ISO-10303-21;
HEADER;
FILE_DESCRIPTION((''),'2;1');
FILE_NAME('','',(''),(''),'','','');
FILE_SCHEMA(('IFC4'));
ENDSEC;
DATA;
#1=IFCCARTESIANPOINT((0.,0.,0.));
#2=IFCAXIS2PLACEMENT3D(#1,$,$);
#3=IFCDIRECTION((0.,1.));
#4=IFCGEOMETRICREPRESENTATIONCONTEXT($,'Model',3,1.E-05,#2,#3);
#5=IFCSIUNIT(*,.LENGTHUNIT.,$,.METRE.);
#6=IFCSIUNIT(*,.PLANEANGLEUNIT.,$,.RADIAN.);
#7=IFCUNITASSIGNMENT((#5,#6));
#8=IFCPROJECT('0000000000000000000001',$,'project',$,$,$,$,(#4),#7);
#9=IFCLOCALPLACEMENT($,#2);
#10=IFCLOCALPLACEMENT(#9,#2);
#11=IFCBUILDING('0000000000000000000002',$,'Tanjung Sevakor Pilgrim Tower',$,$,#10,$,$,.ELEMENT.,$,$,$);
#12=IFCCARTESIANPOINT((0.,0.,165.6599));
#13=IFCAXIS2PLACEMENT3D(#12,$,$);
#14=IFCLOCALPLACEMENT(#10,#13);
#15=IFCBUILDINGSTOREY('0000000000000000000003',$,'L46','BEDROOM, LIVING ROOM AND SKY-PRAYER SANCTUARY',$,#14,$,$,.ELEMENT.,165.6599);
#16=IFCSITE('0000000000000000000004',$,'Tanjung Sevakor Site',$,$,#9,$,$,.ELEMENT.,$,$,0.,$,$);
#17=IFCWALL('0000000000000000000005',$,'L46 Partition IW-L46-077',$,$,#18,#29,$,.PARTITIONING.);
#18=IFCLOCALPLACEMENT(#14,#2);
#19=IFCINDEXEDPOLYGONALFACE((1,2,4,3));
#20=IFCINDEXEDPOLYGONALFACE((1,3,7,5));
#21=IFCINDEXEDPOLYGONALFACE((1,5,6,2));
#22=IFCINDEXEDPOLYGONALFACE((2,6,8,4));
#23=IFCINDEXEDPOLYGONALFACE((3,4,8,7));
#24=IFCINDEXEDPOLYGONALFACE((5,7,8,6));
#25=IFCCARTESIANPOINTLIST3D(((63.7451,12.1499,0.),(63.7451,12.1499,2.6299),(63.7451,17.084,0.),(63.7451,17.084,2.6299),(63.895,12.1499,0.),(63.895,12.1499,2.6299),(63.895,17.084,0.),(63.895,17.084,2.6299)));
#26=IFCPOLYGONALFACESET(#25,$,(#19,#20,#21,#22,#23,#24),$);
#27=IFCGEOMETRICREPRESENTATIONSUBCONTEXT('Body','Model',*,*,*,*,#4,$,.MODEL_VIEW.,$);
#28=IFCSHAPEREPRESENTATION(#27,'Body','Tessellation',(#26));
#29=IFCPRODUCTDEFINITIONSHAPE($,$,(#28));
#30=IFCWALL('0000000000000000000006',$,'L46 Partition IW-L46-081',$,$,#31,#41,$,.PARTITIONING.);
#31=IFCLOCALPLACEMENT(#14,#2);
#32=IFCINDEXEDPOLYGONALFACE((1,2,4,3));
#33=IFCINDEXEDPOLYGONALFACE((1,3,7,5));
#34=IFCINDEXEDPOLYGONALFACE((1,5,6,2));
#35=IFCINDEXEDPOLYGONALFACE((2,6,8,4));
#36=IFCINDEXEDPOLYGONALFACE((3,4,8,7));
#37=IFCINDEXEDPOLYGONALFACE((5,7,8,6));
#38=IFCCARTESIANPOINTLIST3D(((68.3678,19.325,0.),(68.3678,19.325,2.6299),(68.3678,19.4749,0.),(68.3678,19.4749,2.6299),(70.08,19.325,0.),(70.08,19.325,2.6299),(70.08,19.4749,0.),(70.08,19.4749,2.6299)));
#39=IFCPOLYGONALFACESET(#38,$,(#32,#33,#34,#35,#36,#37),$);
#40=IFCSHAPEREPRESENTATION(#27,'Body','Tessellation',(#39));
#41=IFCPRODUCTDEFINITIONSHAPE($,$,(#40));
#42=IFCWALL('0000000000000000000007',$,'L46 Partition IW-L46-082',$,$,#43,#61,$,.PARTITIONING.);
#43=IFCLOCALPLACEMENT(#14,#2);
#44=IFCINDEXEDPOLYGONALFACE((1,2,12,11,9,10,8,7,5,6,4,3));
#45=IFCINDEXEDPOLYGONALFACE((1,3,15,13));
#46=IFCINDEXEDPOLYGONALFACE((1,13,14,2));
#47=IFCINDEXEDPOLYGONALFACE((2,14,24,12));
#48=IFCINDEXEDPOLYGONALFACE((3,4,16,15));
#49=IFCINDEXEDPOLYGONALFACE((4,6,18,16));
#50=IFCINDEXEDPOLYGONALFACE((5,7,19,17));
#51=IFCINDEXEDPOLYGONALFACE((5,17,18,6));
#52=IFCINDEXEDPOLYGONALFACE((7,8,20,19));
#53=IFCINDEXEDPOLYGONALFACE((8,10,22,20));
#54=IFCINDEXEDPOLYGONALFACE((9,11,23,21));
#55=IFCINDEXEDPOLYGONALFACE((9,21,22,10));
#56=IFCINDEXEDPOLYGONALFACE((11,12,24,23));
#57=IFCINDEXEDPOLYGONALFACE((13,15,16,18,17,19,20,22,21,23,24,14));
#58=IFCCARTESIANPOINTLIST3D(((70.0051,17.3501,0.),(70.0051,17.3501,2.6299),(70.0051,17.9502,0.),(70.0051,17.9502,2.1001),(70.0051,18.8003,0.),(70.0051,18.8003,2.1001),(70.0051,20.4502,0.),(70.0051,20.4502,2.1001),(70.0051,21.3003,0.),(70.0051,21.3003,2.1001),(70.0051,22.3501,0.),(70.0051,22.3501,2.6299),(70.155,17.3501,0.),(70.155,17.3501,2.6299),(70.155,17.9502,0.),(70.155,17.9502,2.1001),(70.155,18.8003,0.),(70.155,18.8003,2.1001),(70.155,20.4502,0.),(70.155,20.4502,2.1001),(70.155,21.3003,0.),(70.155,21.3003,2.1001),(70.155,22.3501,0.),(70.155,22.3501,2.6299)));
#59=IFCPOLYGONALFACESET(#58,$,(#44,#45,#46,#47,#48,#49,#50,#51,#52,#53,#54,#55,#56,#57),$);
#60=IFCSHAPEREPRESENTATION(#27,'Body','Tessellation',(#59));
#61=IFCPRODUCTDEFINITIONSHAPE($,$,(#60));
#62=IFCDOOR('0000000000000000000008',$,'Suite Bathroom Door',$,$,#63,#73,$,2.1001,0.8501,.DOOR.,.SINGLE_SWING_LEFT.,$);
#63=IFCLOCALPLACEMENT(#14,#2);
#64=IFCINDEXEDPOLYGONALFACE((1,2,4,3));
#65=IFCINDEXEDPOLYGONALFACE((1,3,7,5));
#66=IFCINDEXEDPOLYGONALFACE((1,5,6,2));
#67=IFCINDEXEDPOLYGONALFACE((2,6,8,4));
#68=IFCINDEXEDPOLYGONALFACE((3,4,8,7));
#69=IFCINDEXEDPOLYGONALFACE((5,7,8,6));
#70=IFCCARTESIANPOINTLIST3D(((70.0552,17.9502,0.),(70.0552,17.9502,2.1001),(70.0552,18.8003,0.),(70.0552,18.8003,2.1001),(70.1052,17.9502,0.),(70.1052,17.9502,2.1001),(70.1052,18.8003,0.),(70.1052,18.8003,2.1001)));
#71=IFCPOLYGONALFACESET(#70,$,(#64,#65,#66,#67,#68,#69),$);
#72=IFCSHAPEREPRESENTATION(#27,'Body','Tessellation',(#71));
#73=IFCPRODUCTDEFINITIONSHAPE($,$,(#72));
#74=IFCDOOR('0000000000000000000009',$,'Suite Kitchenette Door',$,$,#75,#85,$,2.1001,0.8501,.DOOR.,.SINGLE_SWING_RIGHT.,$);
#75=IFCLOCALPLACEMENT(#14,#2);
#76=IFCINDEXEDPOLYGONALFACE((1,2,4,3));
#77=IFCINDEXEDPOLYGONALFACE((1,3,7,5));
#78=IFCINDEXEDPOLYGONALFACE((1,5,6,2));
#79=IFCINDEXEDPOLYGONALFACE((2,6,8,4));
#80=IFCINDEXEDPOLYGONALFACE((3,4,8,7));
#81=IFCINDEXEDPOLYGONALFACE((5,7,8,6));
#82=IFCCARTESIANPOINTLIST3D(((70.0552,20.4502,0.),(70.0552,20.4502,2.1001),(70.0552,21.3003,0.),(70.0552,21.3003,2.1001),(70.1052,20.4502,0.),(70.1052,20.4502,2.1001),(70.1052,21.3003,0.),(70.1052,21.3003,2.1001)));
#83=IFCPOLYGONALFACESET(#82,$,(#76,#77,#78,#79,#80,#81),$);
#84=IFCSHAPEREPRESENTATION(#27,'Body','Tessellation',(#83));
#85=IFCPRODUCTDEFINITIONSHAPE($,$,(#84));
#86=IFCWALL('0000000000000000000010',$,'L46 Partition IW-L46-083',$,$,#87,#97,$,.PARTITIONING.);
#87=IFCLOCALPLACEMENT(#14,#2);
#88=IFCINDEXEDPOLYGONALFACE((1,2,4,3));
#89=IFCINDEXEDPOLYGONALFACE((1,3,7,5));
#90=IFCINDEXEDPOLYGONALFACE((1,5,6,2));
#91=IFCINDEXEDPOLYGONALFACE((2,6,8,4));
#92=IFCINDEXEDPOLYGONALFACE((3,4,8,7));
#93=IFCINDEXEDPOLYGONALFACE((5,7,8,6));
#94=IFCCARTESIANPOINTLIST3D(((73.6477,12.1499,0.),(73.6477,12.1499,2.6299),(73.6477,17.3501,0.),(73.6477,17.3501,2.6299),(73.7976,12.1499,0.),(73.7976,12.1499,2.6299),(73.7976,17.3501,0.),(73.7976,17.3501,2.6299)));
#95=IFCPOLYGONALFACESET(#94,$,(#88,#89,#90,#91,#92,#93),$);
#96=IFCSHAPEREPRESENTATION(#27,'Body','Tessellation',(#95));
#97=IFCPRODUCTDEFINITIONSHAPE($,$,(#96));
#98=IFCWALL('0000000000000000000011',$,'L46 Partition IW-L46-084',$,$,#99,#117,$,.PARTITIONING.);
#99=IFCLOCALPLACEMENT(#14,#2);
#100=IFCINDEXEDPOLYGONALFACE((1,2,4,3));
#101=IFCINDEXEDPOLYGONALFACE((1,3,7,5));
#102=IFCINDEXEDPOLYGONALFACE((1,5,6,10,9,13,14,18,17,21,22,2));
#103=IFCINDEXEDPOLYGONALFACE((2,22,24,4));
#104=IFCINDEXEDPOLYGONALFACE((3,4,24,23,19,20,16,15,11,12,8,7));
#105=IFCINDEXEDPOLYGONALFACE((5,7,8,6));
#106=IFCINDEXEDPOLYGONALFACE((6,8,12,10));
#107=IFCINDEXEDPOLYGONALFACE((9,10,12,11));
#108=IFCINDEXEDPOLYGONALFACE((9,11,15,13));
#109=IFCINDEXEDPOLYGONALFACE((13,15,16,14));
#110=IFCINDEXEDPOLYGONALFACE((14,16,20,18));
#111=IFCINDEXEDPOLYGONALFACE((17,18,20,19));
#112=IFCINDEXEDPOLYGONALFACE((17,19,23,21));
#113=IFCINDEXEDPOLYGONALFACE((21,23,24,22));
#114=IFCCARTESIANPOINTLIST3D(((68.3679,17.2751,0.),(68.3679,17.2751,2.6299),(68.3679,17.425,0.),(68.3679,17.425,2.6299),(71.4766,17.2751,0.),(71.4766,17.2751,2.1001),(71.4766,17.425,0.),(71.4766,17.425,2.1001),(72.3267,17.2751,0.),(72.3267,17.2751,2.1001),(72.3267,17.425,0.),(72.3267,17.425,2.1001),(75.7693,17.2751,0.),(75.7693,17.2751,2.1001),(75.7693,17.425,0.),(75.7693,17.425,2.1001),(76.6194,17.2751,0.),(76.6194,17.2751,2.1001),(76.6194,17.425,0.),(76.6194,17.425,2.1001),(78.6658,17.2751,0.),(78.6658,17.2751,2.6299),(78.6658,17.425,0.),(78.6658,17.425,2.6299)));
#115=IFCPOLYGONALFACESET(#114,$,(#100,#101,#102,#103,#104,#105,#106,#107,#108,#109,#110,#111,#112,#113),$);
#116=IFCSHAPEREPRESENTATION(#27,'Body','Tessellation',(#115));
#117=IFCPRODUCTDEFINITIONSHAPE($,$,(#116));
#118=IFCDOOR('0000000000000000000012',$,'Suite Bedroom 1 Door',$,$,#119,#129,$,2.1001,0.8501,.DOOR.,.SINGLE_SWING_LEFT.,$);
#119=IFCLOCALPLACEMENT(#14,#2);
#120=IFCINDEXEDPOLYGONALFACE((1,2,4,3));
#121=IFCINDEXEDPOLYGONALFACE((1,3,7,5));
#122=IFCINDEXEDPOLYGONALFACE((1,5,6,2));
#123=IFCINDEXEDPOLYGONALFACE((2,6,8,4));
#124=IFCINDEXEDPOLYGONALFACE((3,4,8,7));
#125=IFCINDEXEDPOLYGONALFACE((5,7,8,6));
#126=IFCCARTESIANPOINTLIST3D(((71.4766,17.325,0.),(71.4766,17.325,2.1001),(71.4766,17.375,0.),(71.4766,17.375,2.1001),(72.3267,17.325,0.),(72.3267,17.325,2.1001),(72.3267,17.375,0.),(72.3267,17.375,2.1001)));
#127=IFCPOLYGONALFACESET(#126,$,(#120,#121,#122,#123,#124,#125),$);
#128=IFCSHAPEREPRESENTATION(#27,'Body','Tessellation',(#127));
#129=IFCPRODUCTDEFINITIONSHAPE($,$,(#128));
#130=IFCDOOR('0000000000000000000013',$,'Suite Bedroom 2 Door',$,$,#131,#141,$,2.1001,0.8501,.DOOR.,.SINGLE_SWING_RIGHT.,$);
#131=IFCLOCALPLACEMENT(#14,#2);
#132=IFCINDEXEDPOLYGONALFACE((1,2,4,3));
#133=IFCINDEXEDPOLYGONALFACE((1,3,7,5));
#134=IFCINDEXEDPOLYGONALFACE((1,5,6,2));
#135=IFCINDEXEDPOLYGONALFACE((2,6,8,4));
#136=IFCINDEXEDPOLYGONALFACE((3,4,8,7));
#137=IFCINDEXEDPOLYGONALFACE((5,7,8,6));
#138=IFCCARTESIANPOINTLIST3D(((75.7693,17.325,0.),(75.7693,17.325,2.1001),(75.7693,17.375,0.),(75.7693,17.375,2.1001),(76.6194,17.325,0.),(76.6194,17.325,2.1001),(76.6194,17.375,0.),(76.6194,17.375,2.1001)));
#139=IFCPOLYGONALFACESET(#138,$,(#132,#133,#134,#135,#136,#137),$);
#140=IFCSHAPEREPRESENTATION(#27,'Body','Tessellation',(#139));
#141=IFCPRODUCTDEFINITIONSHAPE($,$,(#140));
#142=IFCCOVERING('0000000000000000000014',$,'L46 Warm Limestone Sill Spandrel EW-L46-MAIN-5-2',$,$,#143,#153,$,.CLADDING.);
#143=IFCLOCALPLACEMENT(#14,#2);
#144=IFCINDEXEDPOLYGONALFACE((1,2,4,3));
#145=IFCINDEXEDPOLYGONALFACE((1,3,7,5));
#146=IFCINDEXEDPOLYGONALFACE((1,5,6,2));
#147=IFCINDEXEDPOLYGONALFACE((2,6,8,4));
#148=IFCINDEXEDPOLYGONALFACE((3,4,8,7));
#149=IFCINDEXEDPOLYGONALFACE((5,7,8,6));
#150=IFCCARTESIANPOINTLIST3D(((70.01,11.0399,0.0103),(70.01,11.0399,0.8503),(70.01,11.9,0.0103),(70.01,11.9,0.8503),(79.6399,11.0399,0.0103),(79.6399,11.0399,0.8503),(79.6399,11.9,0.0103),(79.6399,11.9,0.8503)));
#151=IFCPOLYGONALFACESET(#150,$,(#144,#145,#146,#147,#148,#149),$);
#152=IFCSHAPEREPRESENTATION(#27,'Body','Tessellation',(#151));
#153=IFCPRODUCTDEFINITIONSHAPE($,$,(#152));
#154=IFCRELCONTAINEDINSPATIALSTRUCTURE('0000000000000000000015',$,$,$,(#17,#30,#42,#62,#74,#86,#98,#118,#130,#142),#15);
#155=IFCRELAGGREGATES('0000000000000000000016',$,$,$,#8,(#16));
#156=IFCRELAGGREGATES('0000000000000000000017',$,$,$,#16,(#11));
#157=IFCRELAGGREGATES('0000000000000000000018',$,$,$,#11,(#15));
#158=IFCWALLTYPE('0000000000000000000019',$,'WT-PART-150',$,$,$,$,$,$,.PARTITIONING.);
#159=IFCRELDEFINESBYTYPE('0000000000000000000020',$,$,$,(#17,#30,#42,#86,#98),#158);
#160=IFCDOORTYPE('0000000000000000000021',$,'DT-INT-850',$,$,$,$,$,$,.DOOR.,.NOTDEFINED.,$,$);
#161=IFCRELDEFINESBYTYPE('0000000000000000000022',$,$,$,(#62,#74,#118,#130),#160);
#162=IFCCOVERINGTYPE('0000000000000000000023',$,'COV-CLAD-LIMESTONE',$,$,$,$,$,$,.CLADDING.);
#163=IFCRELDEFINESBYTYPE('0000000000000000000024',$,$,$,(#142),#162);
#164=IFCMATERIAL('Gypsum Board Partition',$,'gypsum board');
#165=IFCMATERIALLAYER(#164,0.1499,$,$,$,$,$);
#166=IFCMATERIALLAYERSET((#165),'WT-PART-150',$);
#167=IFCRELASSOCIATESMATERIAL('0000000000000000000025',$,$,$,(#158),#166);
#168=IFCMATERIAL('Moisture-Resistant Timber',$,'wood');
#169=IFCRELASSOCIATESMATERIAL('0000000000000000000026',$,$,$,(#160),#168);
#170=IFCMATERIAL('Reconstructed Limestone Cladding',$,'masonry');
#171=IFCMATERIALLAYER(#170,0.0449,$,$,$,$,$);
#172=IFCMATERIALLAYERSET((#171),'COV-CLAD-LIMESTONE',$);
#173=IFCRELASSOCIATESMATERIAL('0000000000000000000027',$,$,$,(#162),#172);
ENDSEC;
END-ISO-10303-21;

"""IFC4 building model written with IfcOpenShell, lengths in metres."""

from ifc_helpers import new_model, si_unit, direction, frame, frame_2d, origin, origin_2d, place, context, subcontext, project, spatial, rectangle, extrude, material, layer, layer_set, type_object, element, fill, save


model = new_model("IFC4")

# Units and contexts
model_context = context("Model", 3, precision=1e-05, world=origin(), true_north=direction((0.0, 1.0)))
body_context = subcontext(model_context, "Body", "Model", "MODEL_VIEW")
ifc_project = project(units=[si_unit("LENGTHUNIT", "METRE"), si_unit("PLANEANGLEUNIT", "RADIAN")], contexts=[model_context])

# Site, building, storey
site_placement = place(None, origin())
site = spatial("IfcSite", under=ifc_project, at=site_placement, Name="Tanjung Sevakor Site", CompositionType="ELEMENT", RefElevation=0.0)
building_placement = place(site_placement, origin())
building = spatial("IfcBuilding", under=site, at=building_placement, Name="Tanjung Sevakor Pilgrim Tower", CompositionType="ELEMENT")
storey_placement = place(building_placement, frame((0.0, 0.0, 165.6599)))
storey = spatial("IfcBuildingStorey", under=building, at=storey_placement, Name="L46", Description="BEDROOM, LIVING ROOM AND SKY-PRAYER SANCTUARY", CompositionType="ELEMENT", Elevation=165.6599)

# Walls
ifc_material_1 = material(Name="Gypsum Board Partition", Category="gypsum board")
ifc_layer_1 = layer(ifc_material_1, 0.1499)
ifc_layer_set_1 = layer_set([ifc_layer_1], Name="WT-PART-150")
wall_type_1 = type_object("IfcWallType", Name="WT-PART-150", PredefinedType="PARTITIONING", material=ifc_layer_set_1)
wall_1_placement = place(storey_placement, frame((63.8201, 12.1499, 0.0), z_axis=(0.0, 0.0, 1.0), x_axis=(0.0, 1.0, 0.0)))
element("IfcWall", 1, at=wall_1_placement, inside=storey, type_object=wall_type_1, Name="L46 Partition IW-L46-077", PredefinedType="PARTITIONING", context=body_context, shape_type="SweptSolid", body=[
    extrude(rectangle(XDim=4.9341, YDim=0.1499, at=frame_2d((2.467, 0.0))), origin(), (0.0, 0.0, 1.0), 2.6299),
])
wall_2_placement = place(storey_placement, frame((68.3679, 19.3999, 0.0), z_axis=(0.0, 0.0, 1.0), x_axis=(1.0, 0.0, 0.0)))
element("IfcWall", 2, at=wall_2_placement, inside=storey, type_object=wall_type_1, Name="L46 Partition IW-L46-081", PredefinedType="PARTITIONING", context=body_context, shape_type="SweptSolid", body=[
    extrude(rectangle(XDim=1.7122, YDim=0.1499, at=frame_2d((0.856, 0.0))), origin(), (0.0, 0.0, 1.0), 2.6299),
])

# Wall, openings, doors
wall_3_placement = place(storey_placement, frame((70.0801, 17.3501, 0.0), z_axis=(0.0, 0.0, 1.0), x_axis=(0.0, 1.0, 0.0)))
wall_3 = element("IfcWall", 3, at=wall_3_placement, inside=storey, type_object=wall_type_1, Name="L46 Partition IW-L46-082", PredefinedType="PARTITIONING", context=body_context, shape_type="SweptSolid", body=[
    extrude(rectangle(XDim=5.0, YDim=0.1499, at=frame_2d((2.5, 0.0))), origin(), (0.0, 0.0, 1.0), 2.6299),
])
opening_1_placement = place(wall_3_placement, frame((0.6001, 0.0, 0.0)))
opening_1 = element("IfcOpeningElement", 4, at=opening_1_placement, cuts=wall_3, PredefinedType="OPENING", context=body_context, shape_type="SweptSolid", body=[
    extrude(rectangle(XDim=0.8501, YDim=2.1001, at=frame_2d((0.425, 1.05))), frame((0.0, 0.085, 0.0), z_axis=(0.0, -1.0, 0.0), x_axis=(1.0, 0.0, 0.0)), (0.0, 0.0, 1.0), 0.1699),
])
opening_2_placement = place(wall_3_placement, frame((3.1001, 0.0, 0.0)))
opening_2 = element("IfcOpeningElement", 5, at=opening_2_placement, cuts=wall_3, PredefinedType="OPENING", context=body_context, shape_type="SweptSolid", body=[
    extrude(rectangle(XDim=0.8501, YDim=2.1001, at=frame_2d((0.425, 1.05))), frame((0.0, 0.085, 0.0), z_axis=(0.0, -1.0, 0.0), x_axis=(1.0, 0.0, 0.0)), (0.0, 0.0, 1.0), 0.1699),
])
ifc_material_2 = material(Name="Moisture-Resistant Timber", Category="wood")
door_type_1 = type_object("IfcDoorType", Name="DT-INT-850", OperationType="NOTDEFINED", PredefinedType="DOOR", material=ifc_material_2)
door_1_placement = place(opening_1_placement, origin())
door_1 = element("IfcDoor", 6, at=door_1_placement, inside=storey, type_object=door_type_1, Name="Suite Bathroom Door", OperationType="SINGLE_SWING_LEFT", OverallHeight=2.1001, OverallWidth=0.8501, PredefinedType="DOOR", context=body_context, shape_type="SweptSolid", body=[
    extrude(rectangle(XDim=0.8501, YDim=2.1001, at=frame_2d((0.425, 1.05))), frame((0.0, 0.0249, 0.0), z_axis=(0.0, -1.0, 0.0), x_axis=(1.0, 0.0, 0.0)), (0.0, 0.0, 1.0), 0.05),
])
fill(opening_1, door_1)
door_2_placement = place(opening_2_placement, origin())
door_2 = element("IfcDoor", 7, at=door_2_placement, inside=storey, type_object=door_type_1, Name="Suite Kitchenette Door", OperationType="SINGLE_SWING_RIGHT", OverallHeight=2.1001, OverallWidth=0.8501, PredefinedType="DOOR", context=body_context, shape_type="SweptSolid", body=[
    extrude(rectangle(XDim=0.8501, YDim=2.1001, at=frame_2d((0.425, 1.05))), frame((0.0, 0.0249, 0.0), z_axis=(0.0, -1.0, 0.0), x_axis=(1.0, 0.0, 0.0)), (0.0, 0.0, 1.0), 0.05),
])
fill(opening_2, door_2)

# Wall
wall_4_placement = place(storey_placement, frame((73.7227, 12.1499, 0.0), z_axis=(0.0, 0.0, 1.0), x_axis=(0.0, 1.0, 0.0)))
element("IfcWall", 8, at=wall_4_placement, inside=storey, type_object=wall_type_1, Name="L46 Partition IW-L46-083", PredefinedType="PARTITIONING", context=body_context, shape_type="SweptSolid", body=[
    extrude(rectangle(XDim=5.2002, YDim=0.1499, at=frame_2d((2.6001, 0.0))), origin(), (0.0, 0.0, 1.0), 2.6299),
])

# Wall, openings, doors
wall_5_placement = place(storey_placement, frame((68.3679, 17.3501, 0.0), z_axis=(0.0, 0.0, 1.0), x_axis=(1.0, 0.0, 0.0)))
wall_5 = element("IfcWall", 9, at=wall_5_placement, inside=storey, type_object=wall_type_1, Name="L46 Partition IW-L46-084", PredefinedType="PARTITIONING", context=body_context, shape_type="SweptSolid", body=[
    extrude(rectangle(XDim=10.2979, YDim=0.1499, at=frame_2d((5.1489, 0.0))), origin(), (0.0, 0.0, 1.0), 2.6299),
])
opening_3_placement = place(wall_5_placement, frame((3.1086, 0.0, 0.0)))
opening_3 = element("IfcOpeningElement", 10, at=opening_3_placement, cuts=wall_5, PredefinedType="OPENING", context=body_context, shape_type="SweptSolid", body=[
    extrude(rectangle(XDim=0.8501, YDim=2.1001, at=frame_2d((0.425, 1.05))), frame((0.0, 0.085, 0.0), z_axis=(0.0, -1.0, 0.0), x_axis=(1.0, 0.0, 0.0)), (0.0, 0.0, 1.0), 0.1699),
])
opening_4_placement = place(wall_5_placement, frame((7.4014, 0.0, 0.0)))
opening_4 = element("IfcOpeningElement", 11, at=opening_4_placement, cuts=wall_5, PredefinedType="OPENING", context=body_context, shape_type="SweptSolid", body=[
    extrude(rectangle(XDim=0.8501, YDim=2.1001, at=frame_2d((0.425, 1.05))), frame((0.0, 0.085, 0.0), z_axis=(0.0, -1.0, 0.0), x_axis=(1.0, 0.0, 0.0)), (0.0, 0.0, 1.0), 0.1699),
])
door_3_placement = place(opening_3_placement, origin())
door_3 = element("IfcDoor", 12, at=door_3_placement, inside=storey, type_object=door_type_1, Name="Suite Bedroom 1 Door", OperationType="SINGLE_SWING_LEFT", OverallHeight=2.1001, OverallWidth=0.8501, PredefinedType="DOOR", context=body_context, shape_type="SweptSolid", body=[
    extrude(rectangle(XDim=0.8501, YDim=2.1001, at=frame_2d((0.425, 1.05))), frame((0.0, 0.0249, 0.0), z_axis=(0.0, -1.0, 0.0), x_axis=(1.0, 0.0, 0.0)), (0.0, 0.0, 1.0), 0.05),
])
fill(opening_3, door_3)
door_4_placement = place(opening_4_placement, origin())
door_4 = element("IfcDoor", 13, at=door_4_placement, inside=storey, type_object=door_type_1, Name="Suite Bedroom 2 Door", OperationType="SINGLE_SWING_RIGHT", OverallHeight=2.1001, OverallWidth=0.8501, PredefinedType="DOOR", context=body_context, shape_type="SweptSolid", body=[
    extrude(rectangle(XDim=0.8501, YDim=2.1001, at=frame_2d((0.425, 1.05))), frame((0.0, 0.0249, 0.0), z_axis=(0.0, -1.0, 0.0), x_axis=(1.0, 0.0, 0.0)), (0.0, 0.0, 1.0), 0.05),
])
fill(opening_4, door_4)

# Covering
ifc_material_3 = material(Name="Reconstructed Limestone Cladding", Category="masonry")
ifc_layer_2 = layer(ifc_material_3, 0.0449)
ifc_layer_set_2 = layer_set([ifc_layer_2], Name="COV-CLAD-LIMESTONE")
covering_type = type_object("IfcCoveringType", Name="COV-CLAD-LIMESTONE", PredefinedType="CLADDING", material=ifc_layer_set_2)
covering_placement = place(storey_placement, frame((74.825, 11.47, 0.0103), z_axis=(0.0, 0.0, 1.0), x_axis=(1.0, 0.0, 0.0)))
element("IfcCovering", 14, at=covering_placement, inside=storey, type_object=covering_type, Name="L46 Warm Limestone Sill Spandrel EW-L46-MAIN-5-2", PredefinedType="CLADDING", context=body_context, shape_type="SweptSolid", body=[
    extrude(rectangle(XDim=9.6299, YDim=0.8601, at=origin_2d()), origin(), (0.0, 0.0, 1.0), 0.8401),
])

save(model, "model.ifc")
